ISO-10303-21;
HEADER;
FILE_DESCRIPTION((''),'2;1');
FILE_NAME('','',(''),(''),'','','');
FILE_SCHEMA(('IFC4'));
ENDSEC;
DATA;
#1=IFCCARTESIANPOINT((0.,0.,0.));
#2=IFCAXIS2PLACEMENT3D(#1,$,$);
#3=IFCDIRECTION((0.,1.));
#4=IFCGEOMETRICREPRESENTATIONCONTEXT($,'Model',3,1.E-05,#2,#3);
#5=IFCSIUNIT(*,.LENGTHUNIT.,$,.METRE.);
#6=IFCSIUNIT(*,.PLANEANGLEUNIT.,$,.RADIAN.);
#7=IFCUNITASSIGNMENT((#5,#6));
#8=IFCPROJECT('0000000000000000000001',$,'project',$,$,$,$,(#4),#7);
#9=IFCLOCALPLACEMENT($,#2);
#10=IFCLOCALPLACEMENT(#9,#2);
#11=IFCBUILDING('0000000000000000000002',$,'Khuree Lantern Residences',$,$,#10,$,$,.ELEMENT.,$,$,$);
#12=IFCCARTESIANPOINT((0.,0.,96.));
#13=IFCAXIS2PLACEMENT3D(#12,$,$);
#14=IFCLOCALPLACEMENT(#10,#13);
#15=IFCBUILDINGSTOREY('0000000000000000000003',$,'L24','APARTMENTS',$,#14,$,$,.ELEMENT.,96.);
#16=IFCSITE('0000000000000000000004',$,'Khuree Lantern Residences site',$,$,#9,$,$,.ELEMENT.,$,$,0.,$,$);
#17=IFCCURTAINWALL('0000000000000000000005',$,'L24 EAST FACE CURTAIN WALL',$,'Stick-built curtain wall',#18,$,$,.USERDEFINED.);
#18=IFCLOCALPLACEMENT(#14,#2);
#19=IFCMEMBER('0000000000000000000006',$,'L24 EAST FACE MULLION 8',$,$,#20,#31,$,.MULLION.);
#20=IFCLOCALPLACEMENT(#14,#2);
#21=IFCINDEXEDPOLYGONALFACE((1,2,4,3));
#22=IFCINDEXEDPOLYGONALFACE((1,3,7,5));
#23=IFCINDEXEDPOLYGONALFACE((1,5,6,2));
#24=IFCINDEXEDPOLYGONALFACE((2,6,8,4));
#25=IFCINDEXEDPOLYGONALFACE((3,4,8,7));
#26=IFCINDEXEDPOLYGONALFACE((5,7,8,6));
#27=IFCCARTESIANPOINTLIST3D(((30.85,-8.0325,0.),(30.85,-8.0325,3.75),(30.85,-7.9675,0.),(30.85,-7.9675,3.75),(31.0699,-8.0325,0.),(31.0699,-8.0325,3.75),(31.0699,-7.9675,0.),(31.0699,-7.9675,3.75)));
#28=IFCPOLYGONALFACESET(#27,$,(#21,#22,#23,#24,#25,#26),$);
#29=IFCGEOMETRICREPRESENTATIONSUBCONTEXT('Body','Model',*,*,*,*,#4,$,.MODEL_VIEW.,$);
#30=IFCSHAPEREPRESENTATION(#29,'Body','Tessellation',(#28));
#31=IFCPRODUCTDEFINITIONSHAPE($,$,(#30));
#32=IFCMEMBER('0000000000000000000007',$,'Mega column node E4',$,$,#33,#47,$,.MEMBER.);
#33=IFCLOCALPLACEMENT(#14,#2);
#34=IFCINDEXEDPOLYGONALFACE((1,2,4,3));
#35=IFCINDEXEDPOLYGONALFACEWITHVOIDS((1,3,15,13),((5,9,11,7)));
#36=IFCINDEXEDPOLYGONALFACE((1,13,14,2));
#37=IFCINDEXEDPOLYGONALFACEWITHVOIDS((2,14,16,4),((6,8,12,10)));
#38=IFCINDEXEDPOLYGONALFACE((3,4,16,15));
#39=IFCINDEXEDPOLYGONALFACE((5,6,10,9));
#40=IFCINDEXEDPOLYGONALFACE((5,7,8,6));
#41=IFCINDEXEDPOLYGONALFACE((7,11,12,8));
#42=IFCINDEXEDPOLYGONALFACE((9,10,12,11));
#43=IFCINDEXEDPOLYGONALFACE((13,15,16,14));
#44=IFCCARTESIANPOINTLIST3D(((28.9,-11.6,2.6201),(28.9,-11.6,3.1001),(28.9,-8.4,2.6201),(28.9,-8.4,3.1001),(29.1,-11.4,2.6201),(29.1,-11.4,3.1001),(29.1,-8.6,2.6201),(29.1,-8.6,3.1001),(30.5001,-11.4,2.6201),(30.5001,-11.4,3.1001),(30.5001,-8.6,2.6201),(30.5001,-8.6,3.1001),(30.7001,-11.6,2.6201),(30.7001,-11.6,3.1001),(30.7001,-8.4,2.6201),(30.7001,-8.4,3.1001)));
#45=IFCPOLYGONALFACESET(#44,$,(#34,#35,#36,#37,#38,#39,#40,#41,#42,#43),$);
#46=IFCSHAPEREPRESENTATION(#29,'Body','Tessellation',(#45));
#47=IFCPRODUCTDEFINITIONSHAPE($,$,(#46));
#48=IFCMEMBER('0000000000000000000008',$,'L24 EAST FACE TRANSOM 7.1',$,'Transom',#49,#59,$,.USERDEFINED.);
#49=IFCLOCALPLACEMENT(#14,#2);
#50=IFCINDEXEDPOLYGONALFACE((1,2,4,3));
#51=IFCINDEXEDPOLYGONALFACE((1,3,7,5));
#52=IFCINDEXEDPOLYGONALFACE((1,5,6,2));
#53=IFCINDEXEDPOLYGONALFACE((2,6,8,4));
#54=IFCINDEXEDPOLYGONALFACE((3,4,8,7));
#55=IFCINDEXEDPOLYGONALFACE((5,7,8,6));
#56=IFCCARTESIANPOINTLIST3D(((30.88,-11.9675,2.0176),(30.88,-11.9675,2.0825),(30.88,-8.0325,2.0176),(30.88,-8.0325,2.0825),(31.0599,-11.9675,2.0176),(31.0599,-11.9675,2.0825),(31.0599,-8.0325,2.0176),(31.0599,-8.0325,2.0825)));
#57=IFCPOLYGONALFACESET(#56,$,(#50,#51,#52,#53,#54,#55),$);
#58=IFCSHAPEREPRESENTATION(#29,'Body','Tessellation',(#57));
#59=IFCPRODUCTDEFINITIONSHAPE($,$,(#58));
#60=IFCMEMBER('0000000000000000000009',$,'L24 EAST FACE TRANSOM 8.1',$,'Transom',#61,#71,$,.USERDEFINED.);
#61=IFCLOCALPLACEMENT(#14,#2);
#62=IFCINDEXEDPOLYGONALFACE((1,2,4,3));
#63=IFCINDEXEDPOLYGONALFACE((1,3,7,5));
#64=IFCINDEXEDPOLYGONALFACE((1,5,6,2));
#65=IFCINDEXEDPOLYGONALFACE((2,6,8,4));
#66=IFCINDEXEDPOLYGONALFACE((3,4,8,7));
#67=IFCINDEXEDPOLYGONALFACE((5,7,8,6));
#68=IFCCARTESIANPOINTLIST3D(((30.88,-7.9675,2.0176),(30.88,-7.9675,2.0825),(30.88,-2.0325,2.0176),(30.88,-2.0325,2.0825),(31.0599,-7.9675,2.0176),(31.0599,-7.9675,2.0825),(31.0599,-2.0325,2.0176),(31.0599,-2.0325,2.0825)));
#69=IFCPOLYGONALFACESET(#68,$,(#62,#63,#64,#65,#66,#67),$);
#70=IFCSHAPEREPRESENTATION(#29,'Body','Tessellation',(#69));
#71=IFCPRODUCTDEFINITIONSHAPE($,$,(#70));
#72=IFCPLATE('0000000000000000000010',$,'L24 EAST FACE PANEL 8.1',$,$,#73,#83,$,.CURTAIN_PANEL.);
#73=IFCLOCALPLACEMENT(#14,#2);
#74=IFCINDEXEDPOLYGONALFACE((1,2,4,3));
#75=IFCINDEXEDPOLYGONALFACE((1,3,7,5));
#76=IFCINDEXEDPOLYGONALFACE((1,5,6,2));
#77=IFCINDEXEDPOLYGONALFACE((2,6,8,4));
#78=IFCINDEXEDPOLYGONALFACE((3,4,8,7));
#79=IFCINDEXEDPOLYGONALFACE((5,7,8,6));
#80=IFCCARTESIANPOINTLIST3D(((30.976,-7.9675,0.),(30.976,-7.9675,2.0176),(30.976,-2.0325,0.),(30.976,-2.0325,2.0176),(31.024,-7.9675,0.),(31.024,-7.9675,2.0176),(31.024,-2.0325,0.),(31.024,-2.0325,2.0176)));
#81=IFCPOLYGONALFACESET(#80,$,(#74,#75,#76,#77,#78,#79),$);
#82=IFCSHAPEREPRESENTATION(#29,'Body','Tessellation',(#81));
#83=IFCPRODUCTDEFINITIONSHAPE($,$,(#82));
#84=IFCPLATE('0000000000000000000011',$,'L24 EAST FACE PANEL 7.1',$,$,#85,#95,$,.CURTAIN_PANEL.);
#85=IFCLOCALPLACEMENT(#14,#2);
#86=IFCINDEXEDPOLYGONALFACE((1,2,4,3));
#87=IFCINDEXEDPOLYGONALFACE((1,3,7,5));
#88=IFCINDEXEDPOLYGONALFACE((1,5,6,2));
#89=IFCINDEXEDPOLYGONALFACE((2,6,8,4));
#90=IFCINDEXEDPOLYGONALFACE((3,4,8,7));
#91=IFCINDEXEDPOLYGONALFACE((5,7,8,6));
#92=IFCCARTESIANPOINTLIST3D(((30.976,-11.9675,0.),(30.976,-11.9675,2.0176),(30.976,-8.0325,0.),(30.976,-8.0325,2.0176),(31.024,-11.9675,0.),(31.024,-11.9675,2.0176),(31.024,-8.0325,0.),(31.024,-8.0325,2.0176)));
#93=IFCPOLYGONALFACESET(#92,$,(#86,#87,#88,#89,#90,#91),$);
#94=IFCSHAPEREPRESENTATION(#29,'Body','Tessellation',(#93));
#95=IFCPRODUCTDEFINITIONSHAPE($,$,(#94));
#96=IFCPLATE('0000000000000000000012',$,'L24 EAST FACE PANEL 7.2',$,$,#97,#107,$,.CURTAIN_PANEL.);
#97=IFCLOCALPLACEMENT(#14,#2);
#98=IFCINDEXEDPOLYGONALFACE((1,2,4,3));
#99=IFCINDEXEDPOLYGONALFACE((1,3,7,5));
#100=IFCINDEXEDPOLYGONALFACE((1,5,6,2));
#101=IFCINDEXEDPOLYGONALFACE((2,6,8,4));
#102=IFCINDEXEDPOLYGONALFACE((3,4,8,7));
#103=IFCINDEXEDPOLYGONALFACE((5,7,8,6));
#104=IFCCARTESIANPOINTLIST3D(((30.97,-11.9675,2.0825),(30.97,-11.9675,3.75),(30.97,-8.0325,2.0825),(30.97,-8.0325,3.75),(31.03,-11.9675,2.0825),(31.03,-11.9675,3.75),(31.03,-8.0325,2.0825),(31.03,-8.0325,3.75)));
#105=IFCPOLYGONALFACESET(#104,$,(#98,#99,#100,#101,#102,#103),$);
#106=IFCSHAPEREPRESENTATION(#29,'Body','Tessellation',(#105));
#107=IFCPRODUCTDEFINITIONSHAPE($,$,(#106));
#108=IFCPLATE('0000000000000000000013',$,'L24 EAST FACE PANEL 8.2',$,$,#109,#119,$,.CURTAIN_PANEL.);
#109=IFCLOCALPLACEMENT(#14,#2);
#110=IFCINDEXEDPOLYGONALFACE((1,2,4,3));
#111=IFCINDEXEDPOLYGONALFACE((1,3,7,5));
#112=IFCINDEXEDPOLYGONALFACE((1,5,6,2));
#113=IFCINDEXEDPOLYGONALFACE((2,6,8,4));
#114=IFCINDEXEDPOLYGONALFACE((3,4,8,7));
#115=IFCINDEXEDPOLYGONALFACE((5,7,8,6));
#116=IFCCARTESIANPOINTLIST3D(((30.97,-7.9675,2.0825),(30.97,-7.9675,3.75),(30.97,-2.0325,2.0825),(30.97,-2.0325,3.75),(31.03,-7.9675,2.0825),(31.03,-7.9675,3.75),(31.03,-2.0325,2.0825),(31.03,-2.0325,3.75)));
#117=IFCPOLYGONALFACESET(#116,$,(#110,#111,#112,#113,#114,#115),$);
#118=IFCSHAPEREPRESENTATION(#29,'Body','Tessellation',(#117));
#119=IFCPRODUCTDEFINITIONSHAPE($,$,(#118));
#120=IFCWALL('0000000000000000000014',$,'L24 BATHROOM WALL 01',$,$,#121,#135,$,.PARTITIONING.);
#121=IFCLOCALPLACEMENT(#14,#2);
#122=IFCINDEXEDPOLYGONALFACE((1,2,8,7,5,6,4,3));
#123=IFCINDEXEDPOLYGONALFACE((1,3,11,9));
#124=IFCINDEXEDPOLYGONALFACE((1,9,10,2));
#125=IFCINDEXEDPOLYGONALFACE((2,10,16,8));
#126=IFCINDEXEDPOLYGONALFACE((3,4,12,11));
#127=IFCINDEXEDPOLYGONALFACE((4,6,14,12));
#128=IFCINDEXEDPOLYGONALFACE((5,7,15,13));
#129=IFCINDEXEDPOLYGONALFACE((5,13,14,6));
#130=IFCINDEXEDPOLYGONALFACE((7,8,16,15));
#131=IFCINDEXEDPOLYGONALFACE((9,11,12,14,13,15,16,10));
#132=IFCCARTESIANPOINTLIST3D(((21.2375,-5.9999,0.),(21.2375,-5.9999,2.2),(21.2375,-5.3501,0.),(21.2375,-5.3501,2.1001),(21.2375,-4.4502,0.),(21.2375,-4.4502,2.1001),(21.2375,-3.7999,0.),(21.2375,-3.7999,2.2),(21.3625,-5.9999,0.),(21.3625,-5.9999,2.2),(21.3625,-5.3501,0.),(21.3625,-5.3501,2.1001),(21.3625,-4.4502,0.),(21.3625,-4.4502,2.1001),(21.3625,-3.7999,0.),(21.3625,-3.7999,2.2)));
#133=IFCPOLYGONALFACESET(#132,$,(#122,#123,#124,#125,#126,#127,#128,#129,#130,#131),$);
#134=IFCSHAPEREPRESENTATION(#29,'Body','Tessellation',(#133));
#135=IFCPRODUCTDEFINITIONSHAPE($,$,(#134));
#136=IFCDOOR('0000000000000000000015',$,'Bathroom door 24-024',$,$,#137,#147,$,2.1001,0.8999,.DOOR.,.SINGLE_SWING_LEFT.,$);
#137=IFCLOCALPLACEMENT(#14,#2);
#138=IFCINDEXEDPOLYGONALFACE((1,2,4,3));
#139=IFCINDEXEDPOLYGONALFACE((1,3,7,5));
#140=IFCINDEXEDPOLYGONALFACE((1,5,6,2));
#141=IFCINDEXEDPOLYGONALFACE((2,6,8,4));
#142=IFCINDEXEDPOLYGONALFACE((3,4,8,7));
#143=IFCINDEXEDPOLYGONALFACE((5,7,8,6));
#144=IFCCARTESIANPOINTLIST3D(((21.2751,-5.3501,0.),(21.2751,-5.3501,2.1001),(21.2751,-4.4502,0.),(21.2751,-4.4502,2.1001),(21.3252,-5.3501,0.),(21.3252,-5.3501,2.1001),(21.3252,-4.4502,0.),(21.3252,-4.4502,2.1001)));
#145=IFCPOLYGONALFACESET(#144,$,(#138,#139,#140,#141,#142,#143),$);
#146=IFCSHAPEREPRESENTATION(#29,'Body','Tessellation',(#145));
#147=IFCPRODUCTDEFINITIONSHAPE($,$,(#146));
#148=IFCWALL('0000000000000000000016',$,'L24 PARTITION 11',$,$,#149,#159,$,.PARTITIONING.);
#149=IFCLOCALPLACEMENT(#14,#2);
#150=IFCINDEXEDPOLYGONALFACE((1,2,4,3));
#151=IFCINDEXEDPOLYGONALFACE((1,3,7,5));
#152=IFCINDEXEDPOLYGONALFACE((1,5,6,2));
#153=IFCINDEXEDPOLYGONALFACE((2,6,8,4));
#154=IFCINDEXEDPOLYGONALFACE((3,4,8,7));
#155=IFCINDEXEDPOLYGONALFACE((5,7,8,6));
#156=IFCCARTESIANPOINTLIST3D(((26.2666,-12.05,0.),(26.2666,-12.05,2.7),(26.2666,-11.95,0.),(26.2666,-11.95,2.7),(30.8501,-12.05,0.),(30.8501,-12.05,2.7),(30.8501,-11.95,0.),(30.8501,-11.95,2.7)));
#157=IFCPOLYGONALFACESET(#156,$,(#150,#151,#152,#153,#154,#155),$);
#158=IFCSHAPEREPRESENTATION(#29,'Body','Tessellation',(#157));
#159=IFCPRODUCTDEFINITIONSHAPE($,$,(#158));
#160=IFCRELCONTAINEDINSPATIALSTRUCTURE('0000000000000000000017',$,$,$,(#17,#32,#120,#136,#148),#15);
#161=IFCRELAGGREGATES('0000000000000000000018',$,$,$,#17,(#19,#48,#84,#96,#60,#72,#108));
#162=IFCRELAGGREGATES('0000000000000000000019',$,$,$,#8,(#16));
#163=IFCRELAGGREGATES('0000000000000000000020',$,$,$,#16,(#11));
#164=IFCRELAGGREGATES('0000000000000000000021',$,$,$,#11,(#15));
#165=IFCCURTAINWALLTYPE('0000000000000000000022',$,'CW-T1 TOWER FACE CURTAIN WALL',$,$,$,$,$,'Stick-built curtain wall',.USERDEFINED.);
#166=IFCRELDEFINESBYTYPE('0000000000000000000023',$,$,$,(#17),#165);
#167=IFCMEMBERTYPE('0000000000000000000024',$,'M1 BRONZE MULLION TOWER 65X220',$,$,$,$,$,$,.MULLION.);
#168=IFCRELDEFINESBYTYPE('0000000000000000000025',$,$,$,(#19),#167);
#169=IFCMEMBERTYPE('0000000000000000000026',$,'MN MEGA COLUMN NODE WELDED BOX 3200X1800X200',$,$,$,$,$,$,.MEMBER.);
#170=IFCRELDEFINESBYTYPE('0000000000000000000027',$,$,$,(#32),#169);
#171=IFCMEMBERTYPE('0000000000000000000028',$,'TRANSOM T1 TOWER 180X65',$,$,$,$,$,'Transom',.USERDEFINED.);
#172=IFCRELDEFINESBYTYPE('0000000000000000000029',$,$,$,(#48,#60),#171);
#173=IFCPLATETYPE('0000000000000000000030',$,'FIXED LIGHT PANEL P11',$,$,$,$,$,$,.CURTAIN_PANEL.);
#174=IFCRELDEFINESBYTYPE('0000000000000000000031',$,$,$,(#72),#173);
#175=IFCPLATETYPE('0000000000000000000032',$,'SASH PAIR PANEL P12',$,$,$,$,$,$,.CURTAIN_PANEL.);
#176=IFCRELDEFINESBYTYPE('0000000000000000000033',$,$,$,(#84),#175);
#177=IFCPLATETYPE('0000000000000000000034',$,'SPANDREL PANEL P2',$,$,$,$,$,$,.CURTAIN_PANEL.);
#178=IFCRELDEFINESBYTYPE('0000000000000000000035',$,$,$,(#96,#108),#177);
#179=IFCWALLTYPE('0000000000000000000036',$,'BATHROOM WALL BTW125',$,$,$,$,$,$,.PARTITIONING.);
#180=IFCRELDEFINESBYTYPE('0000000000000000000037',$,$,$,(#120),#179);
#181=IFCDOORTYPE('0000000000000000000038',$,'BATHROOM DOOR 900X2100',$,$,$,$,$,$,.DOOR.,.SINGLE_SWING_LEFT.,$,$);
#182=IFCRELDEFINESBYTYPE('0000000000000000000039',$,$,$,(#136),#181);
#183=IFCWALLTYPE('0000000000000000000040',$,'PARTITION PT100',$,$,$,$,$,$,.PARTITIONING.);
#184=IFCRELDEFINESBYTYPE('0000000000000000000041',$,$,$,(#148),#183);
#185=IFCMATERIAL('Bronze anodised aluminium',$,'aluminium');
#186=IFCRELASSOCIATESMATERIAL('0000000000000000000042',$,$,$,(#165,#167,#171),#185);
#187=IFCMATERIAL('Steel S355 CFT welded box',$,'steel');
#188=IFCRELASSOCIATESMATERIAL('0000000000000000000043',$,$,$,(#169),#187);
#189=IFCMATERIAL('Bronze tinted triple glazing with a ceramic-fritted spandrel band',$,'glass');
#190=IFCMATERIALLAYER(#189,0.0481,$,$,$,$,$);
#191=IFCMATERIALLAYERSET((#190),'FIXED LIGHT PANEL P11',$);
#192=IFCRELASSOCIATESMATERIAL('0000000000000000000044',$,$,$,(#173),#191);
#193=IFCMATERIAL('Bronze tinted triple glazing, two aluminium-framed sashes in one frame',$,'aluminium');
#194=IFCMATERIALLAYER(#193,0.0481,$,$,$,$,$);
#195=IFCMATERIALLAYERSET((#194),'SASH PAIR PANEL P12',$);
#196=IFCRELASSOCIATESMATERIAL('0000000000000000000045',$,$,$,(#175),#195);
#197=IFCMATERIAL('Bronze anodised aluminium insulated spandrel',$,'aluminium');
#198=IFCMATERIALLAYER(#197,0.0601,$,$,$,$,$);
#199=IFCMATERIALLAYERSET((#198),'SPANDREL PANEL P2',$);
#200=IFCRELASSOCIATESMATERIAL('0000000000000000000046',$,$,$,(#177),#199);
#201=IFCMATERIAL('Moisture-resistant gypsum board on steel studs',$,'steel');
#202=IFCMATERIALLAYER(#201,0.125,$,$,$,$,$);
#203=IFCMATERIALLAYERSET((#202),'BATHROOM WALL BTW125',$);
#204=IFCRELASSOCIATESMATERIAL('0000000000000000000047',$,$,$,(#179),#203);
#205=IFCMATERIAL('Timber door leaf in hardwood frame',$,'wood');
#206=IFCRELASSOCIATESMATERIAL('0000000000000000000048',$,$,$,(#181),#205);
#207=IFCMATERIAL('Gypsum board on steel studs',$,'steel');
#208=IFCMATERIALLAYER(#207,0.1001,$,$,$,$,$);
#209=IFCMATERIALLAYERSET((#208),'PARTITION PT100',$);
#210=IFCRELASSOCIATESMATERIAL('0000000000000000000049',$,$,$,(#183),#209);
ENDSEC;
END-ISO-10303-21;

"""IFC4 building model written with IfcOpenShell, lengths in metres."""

from ifc_helpers import new_model, si_unit, direction, frame, frame_2d, origin, origin_2d, place, context, subcontext, project, spatial, rectangle, hollow_rectangle, extrude, material, layer, layer_set, material_profile, profile_set, type_object, element, fill, aggregate, save


model = new_model("IFC4")

# Units and contexts
model_context = context("Model", 3, precision=1e-05, world=origin(), true_north=direction((0.0, 1.0)))
body_context = subcontext(model_context, "Body", "Model", "MODEL_VIEW")
ifc_project = project(units=[si_unit("LENGTHUNIT", "METRE"), si_unit("PLANEANGLEUNIT", "RADIAN")], contexts=[model_context])

# Site, building, storey
site_placement = place(None, origin())
site = spatial("IfcSite", under=ifc_project, at=site_placement, Name="Khuree Lantern Residences site", CompositionType="ELEMENT", RefElevation=0.0)
building_placement = place(site_placement, origin())
building = spatial("IfcBuilding", under=site, at=building_placement, Name="Khuree Lantern Residences", CompositionType="ELEMENT")
storey_placement = place(building_placement, frame((0.0, 0.0, 96.0)))
storey = spatial("IfcBuildingStorey", under=building, at=storey_placement, Name="L24", Description="APARTMENTS", CompositionType="ELEMENT", Elevation=96.0)

# Shared definitions
ifc_material_1 = material(Name="Steel S355 CFT welded box", Category="steel")

# Curtain wall
ifc_material_2 = material(Name="Bronze anodised aluminium", Category="aluminium")
curtain_wall_type = type_object("IfcCurtainWallType", Name="CW-T1 TOWER FACE CURTAIN WALL", ElementType="Stick-built curtain wall", PredefinedType="USERDEFINED", material=ifc_material_2)
curtain_wall_placement = place(storey_placement, origin())
curtain_wall = element("IfcCurtainWall", 1, at=curtain_wall_placement, inside=storey, type_object=curtain_wall_type, Name="L24 EAST FACE CURTAIN WALL", ObjectType="Stick-built curtain wall", PredefinedType="USERDEFINED")

# Members
ifc_material_profile_1 = material_profile(ifc_material_2, rectangle(XDim=0.0649, YDim=0.22, at=origin_2d()), Name="M1 65X220")
ifc_profile_set_1 = profile_set([ifc_material_profile_1], Name="Bronze anodised aluminium")
member_type_1 = type_object("IfcMemberType", Name="M1 BRONZE MULLION TOWER 65X220", PredefinedType="MULLION", material=ifc_profile_set_1)
member_1_placement = place(storey_placement, frame((30.96, -8.0, 0.0), z_axis=(0.0, 0.0, 1.0), x_axis=(0.0, 1.0, 0.0)))
member_1 = element("IfcMember", 2, at=member_1_placement, type_object=member_type_1, Name="L24 EAST FACE MULLION 8", PredefinedType="MULLION", context=body_context, shape_type="SweptSolid", body=[
    extrude(rectangle(XDim=0.0649, YDim=0.22, at=origin_2d()), origin(), (0.0, 0.0, 1.0), 3.75),
])
ifc_material_profile_2 = material_profile(ifc_material_1, hollow_rectangle(XDim=3.2, YDim=1.8, WallThickness=0.2, at=origin_2d()), Name="WELDED BOX 3200X1800X200")
ifc_profile_set_2 = profile_set([ifc_material_profile_2], Name="Steel S355 CFT welded box")
member_type_2 = type_object("IfcMemberType", Name="MN MEGA COLUMN NODE WELDED BOX 3200X1800X200", PredefinedType="MEMBER", material=ifc_profile_set_2)
member_2_placement = place(storey_placement, frame((29.8, -10.0, 2.6201), z_axis=(0.0, 0.0, 1.0), x_axis=(0.0, 1.0, 0.0)))
element("IfcMember", 3, at=member_2_placement, inside=storey, type_object=member_type_2, Name="Mega column node E4", PredefinedType="MEMBER", context=body_context, shape_type="SweptSolid", body=[
    extrude(hollow_rectangle(XDim=3.2, YDim=1.8, WallThickness=0.2, at=origin_2d()), origin(), (0.0, 0.0, 1.0), 0.48),
])
ifc_material_profile_3 = material_profile(ifc_material_2, rectangle(XDim=0.1799, YDim=0.0649, at=origin_2d()), Name="T1 180X65")
ifc_profile_set_3 = profile_set([ifc_material_profile_3], Name="Bronze anodised aluminium")
member_type_3 = type_object("IfcMemberType", Name="TRANSOM T1 TOWER 180X65", ElementType="Transom", PredefinedType="USERDEFINED", material=ifc_profile_set_3)
member_3_placement = place(storey_placement, frame((30.97, -11.9675, 2.05), z_axis=(0.0, 1.0, 0.0), x_axis=(-1.0, 0.0, 0.0)))
member_3 = element("IfcMember", 4, at=member_3_placement, type_object=member_type_3, Name="L24 EAST FACE TRANSOM 7.1", ObjectType="Transom", PredefinedType="USERDEFINED", context=body_context, shape_type="SweptSolid", body=[
    extrude(rectangle(XDim=0.1799, YDim=0.0649, at=origin_2d()), origin(), (0.0, 0.0, 1.0), 3.9351),
])
member_4_placement = place(storey_placement, frame((30.97, -7.9675, 2.05), z_axis=(0.0, 1.0, 0.0), x_axis=(-1.0, 0.0, 0.0)))
member_4 = element("IfcMember", 5, at=member_4_placement, type_object=member_type_3, Name="L24 EAST FACE TRANSOM 8.1", ObjectType="Transom", PredefinedType="USERDEFINED", context=body_context, shape_type="SweptSolid", body=[
    extrude(rectangle(XDim=0.1799, YDim=0.0649, at=origin_2d()), origin(), (0.0, 0.0, 1.0), 5.9351),
])

# Plates
ifc_material_3 = material(Name="Bronze tinted triple glazing with a ceramic-fritted spandrel band", Category="glass")
ifc_layer_1 = layer(ifc_material_3, 0.0481)
ifc_layer_set_1 = layer_set([ifc_layer_1], Name="FIXED LIGHT PANEL P11")
plate_type_1 = type_object("IfcPlateType", Name="FIXED LIGHT PANEL P11", PredefinedType="CURTAIN_PANEL", material=ifc_layer_set_1)
plate_1_placement = place(storey_placement, frame((31.0, -5.0, 0.0), z_axis=(0.0, 0.0, 1.0), x_axis=(0.0, 1.0, 0.0)))
plate_1 = element("IfcPlate", 6, at=plate_1_placement, type_object=plate_type_1, Name="L24 EAST FACE PANEL 8.1", PredefinedType="CURTAIN_PANEL", context=body_context, shape_type="SweptSolid", body=[
    extrude(rectangle(XDim=5.9351, YDim=0.0481, at=origin_2d()), origin(), (0.0, 0.0, 1.0), 2.0176),
])
ifc_material_4 = material(Name="Bronze tinted triple glazing, two aluminium-framed sashes in one frame", Category="aluminium")
ifc_layer_2 = layer(ifc_material_4, 0.0481)
ifc_layer_set_2 = layer_set([ifc_layer_2], Name="SASH PAIR PANEL P12")
plate_type_2 = type_object("IfcPlateType", Name="SASH PAIR PANEL P12", PredefinedType="CURTAIN_PANEL", material=ifc_layer_set_2)
plate_2_placement = place(storey_placement, frame((31.0, -10.0, 0.0), z_axis=(0.0, 0.0, 1.0), x_axis=(0.0, 1.0, 0.0)))
plate_2 = element("IfcPlate", 7, at=plate_2_placement, type_object=plate_type_2, Name="L24 EAST FACE PANEL 7.1", PredefinedType="CURTAIN_PANEL", context=body_context, shape_type="SweptSolid", body=[
    extrude(rectangle(XDim=3.9351, YDim=0.0481, at=origin_2d()), origin(), (0.0, 0.0, 1.0), 2.0176),
])
ifc_material_5 = material(Name="Bronze anodised aluminium insulated spandrel", Category="aluminium")
ifc_layer_3 = layer(ifc_material_5, 0.0601)
ifc_layer_set_3 = layer_set([ifc_layer_3], Name="SPANDREL PANEL P2")
plate_type_3 = type_object("IfcPlateType", Name="SPANDREL PANEL P2", PredefinedType="CURTAIN_PANEL", material=ifc_layer_set_3)
plate_3_placement = place(storey_placement, frame((31.0, -10.0, 2.0825), z_axis=(0.0, 0.0, 1.0), x_axis=(0.0, 1.0, 0.0)))
plate_3 = element("IfcPlate", 8, at=plate_3_placement, type_object=plate_type_3, Name="L24 EAST FACE PANEL 7.2", PredefinedType="CURTAIN_PANEL", context=body_context, shape_type="SweptSolid", body=[
    extrude(rectangle(XDim=3.9351, YDim=0.0601, at=origin_2d()), origin(), (0.0, 0.0, 1.0), 1.6675),
])
plate_4_placement = place(storey_placement, frame((31.0, -5.0, 2.0825), z_axis=(0.0, 0.0, 1.0), x_axis=(0.0, 1.0, 0.0)))
plate_4 = element("IfcPlate", 9, at=plate_4_placement, type_object=plate_type_3, Name="L24 EAST FACE PANEL 8.2", PredefinedType="CURTAIN_PANEL", context=body_context, shape_type="SweptSolid", body=[
    extrude(rectangle(XDim=5.9351, YDim=0.0601, at=origin_2d()), origin(), (0.0, 0.0, 1.0), 1.6675),
])
aggregate(curtain_wall, [member_1, member_3, plate_2, plate_3, member_4, plate_1, plate_4])

# Wall, opening, door
ifc_material_6 = material(Name="Moisture-resistant gypsum board on steel studs", Category="steel")
ifc_layer_4 = layer(ifc_material_6, 0.125)
ifc_layer_set_4 = layer_set([ifc_layer_4], Name="BATHROOM WALL BTW125")
wall_type_1 = type_object("IfcWallType", Name="BATHROOM WALL BTW125", PredefinedType="PARTITIONING", material=ifc_layer_set_4)
wall_1_placement = place(storey_placement, frame((21.3, -6.0, 0.0), z_axis=(0.0, 0.0, 1.0), x_axis=(0.0, 1.0, 0.0)))
wall_1 = element("IfcWall", 10, at=wall_1_placement, inside=storey, type_object=wall_type_1, Name="L24 BATHROOM WALL 01", PredefinedType="PARTITIONING", context=body_context, shape_type="SweptSolid", body=[
    extrude(rectangle(XDim=2.2, YDim=0.125, at=frame_2d((1.1001, 0.0))), origin(), (0.0, 0.0, 1.0), 2.2),
])
opening_1_placement = place(wall_1_placement, frame((0.6499, 0.0, 0.0)))
opening_1 = element("IfcOpeningElement", 11, at=opening_1_placement, cuts=wall_1, PredefinedType="OPENING", context=body_context, shape_type="SweptSolid", body=[
    extrude(rectangle(XDim=0.8999, YDim=2.1001, at=frame_2d((0.45, 1.05))), frame((0.0, 0.0725, 0.0), z_axis=(0.0, -1.0, 0.0), x_axis=(1.0, 0.0, 0.0)), (0.0, 0.0, 1.0), 0.145),
])
ifc_material_7 = material(Name="Timber door leaf in hardwood frame", Category="wood")
door_type_1 = type_object("IfcDoorType", Name="BATHROOM DOOR 900X2100", OperationType="SINGLE_SWING_LEFT", PredefinedType="DOOR", material=ifc_material_7)
door_1_placement = place(opening_1_placement, origin())
door_1 = element("IfcDoor", 12, at=door_1_placement, inside=storey, type_object=door_type_1, Name="Bathroom door 24-024", OperationType="SINGLE_SWING_LEFT", OverallHeight=2.1001, OverallWidth=0.8999, PredefinedType="DOOR", context=body_context, shape_type="SweptSolid", body=[
    extrude(rectangle(XDim=0.8999, YDim=2.1001, at=frame_2d((0.45, 1.05))), frame((0.0, 0.0249, 0.0), z_axis=(0.0, -1.0, 0.0), x_axis=(1.0, 0.0, 0.0)), (0.0, 0.0, 1.0), 0.05),
])
fill(opening_1, door_1)

# Wall
ifc_material_8 = material(Name="Gypsum board on steel studs", Category="steel")
ifc_layer_5 = layer(ifc_material_8, 0.1001)
ifc_layer_set_5 = layer_set([ifc_layer_5], Name="PARTITION PT100")
wall_type_2 = type_object("IfcWallType", Name="PARTITION PT100", PredefinedType="PARTITIONING", material=ifc_layer_set_5)
wall_2_placement = place(storey_placement, frame((26.2666, -12.0, 0.0), z_axis=(0.0, 0.0, 1.0), x_axis=(1.0, 0.0, 0.0)))
element("IfcWall", 13, at=wall_2_placement, inside=storey, type_object=wall_type_2, Name="L24 PARTITION 11", PredefinedType="PARTITIONING", context=body_context, shape_type="SweptSolid", body=[
    extrude(rectangle(XDim=4.5835, YDim=0.1001, at=frame_2d((2.2917, 0.0))), origin(), (0.0, 0.0, 1.0), 2.7),
])

save(model, "model.ifc")
